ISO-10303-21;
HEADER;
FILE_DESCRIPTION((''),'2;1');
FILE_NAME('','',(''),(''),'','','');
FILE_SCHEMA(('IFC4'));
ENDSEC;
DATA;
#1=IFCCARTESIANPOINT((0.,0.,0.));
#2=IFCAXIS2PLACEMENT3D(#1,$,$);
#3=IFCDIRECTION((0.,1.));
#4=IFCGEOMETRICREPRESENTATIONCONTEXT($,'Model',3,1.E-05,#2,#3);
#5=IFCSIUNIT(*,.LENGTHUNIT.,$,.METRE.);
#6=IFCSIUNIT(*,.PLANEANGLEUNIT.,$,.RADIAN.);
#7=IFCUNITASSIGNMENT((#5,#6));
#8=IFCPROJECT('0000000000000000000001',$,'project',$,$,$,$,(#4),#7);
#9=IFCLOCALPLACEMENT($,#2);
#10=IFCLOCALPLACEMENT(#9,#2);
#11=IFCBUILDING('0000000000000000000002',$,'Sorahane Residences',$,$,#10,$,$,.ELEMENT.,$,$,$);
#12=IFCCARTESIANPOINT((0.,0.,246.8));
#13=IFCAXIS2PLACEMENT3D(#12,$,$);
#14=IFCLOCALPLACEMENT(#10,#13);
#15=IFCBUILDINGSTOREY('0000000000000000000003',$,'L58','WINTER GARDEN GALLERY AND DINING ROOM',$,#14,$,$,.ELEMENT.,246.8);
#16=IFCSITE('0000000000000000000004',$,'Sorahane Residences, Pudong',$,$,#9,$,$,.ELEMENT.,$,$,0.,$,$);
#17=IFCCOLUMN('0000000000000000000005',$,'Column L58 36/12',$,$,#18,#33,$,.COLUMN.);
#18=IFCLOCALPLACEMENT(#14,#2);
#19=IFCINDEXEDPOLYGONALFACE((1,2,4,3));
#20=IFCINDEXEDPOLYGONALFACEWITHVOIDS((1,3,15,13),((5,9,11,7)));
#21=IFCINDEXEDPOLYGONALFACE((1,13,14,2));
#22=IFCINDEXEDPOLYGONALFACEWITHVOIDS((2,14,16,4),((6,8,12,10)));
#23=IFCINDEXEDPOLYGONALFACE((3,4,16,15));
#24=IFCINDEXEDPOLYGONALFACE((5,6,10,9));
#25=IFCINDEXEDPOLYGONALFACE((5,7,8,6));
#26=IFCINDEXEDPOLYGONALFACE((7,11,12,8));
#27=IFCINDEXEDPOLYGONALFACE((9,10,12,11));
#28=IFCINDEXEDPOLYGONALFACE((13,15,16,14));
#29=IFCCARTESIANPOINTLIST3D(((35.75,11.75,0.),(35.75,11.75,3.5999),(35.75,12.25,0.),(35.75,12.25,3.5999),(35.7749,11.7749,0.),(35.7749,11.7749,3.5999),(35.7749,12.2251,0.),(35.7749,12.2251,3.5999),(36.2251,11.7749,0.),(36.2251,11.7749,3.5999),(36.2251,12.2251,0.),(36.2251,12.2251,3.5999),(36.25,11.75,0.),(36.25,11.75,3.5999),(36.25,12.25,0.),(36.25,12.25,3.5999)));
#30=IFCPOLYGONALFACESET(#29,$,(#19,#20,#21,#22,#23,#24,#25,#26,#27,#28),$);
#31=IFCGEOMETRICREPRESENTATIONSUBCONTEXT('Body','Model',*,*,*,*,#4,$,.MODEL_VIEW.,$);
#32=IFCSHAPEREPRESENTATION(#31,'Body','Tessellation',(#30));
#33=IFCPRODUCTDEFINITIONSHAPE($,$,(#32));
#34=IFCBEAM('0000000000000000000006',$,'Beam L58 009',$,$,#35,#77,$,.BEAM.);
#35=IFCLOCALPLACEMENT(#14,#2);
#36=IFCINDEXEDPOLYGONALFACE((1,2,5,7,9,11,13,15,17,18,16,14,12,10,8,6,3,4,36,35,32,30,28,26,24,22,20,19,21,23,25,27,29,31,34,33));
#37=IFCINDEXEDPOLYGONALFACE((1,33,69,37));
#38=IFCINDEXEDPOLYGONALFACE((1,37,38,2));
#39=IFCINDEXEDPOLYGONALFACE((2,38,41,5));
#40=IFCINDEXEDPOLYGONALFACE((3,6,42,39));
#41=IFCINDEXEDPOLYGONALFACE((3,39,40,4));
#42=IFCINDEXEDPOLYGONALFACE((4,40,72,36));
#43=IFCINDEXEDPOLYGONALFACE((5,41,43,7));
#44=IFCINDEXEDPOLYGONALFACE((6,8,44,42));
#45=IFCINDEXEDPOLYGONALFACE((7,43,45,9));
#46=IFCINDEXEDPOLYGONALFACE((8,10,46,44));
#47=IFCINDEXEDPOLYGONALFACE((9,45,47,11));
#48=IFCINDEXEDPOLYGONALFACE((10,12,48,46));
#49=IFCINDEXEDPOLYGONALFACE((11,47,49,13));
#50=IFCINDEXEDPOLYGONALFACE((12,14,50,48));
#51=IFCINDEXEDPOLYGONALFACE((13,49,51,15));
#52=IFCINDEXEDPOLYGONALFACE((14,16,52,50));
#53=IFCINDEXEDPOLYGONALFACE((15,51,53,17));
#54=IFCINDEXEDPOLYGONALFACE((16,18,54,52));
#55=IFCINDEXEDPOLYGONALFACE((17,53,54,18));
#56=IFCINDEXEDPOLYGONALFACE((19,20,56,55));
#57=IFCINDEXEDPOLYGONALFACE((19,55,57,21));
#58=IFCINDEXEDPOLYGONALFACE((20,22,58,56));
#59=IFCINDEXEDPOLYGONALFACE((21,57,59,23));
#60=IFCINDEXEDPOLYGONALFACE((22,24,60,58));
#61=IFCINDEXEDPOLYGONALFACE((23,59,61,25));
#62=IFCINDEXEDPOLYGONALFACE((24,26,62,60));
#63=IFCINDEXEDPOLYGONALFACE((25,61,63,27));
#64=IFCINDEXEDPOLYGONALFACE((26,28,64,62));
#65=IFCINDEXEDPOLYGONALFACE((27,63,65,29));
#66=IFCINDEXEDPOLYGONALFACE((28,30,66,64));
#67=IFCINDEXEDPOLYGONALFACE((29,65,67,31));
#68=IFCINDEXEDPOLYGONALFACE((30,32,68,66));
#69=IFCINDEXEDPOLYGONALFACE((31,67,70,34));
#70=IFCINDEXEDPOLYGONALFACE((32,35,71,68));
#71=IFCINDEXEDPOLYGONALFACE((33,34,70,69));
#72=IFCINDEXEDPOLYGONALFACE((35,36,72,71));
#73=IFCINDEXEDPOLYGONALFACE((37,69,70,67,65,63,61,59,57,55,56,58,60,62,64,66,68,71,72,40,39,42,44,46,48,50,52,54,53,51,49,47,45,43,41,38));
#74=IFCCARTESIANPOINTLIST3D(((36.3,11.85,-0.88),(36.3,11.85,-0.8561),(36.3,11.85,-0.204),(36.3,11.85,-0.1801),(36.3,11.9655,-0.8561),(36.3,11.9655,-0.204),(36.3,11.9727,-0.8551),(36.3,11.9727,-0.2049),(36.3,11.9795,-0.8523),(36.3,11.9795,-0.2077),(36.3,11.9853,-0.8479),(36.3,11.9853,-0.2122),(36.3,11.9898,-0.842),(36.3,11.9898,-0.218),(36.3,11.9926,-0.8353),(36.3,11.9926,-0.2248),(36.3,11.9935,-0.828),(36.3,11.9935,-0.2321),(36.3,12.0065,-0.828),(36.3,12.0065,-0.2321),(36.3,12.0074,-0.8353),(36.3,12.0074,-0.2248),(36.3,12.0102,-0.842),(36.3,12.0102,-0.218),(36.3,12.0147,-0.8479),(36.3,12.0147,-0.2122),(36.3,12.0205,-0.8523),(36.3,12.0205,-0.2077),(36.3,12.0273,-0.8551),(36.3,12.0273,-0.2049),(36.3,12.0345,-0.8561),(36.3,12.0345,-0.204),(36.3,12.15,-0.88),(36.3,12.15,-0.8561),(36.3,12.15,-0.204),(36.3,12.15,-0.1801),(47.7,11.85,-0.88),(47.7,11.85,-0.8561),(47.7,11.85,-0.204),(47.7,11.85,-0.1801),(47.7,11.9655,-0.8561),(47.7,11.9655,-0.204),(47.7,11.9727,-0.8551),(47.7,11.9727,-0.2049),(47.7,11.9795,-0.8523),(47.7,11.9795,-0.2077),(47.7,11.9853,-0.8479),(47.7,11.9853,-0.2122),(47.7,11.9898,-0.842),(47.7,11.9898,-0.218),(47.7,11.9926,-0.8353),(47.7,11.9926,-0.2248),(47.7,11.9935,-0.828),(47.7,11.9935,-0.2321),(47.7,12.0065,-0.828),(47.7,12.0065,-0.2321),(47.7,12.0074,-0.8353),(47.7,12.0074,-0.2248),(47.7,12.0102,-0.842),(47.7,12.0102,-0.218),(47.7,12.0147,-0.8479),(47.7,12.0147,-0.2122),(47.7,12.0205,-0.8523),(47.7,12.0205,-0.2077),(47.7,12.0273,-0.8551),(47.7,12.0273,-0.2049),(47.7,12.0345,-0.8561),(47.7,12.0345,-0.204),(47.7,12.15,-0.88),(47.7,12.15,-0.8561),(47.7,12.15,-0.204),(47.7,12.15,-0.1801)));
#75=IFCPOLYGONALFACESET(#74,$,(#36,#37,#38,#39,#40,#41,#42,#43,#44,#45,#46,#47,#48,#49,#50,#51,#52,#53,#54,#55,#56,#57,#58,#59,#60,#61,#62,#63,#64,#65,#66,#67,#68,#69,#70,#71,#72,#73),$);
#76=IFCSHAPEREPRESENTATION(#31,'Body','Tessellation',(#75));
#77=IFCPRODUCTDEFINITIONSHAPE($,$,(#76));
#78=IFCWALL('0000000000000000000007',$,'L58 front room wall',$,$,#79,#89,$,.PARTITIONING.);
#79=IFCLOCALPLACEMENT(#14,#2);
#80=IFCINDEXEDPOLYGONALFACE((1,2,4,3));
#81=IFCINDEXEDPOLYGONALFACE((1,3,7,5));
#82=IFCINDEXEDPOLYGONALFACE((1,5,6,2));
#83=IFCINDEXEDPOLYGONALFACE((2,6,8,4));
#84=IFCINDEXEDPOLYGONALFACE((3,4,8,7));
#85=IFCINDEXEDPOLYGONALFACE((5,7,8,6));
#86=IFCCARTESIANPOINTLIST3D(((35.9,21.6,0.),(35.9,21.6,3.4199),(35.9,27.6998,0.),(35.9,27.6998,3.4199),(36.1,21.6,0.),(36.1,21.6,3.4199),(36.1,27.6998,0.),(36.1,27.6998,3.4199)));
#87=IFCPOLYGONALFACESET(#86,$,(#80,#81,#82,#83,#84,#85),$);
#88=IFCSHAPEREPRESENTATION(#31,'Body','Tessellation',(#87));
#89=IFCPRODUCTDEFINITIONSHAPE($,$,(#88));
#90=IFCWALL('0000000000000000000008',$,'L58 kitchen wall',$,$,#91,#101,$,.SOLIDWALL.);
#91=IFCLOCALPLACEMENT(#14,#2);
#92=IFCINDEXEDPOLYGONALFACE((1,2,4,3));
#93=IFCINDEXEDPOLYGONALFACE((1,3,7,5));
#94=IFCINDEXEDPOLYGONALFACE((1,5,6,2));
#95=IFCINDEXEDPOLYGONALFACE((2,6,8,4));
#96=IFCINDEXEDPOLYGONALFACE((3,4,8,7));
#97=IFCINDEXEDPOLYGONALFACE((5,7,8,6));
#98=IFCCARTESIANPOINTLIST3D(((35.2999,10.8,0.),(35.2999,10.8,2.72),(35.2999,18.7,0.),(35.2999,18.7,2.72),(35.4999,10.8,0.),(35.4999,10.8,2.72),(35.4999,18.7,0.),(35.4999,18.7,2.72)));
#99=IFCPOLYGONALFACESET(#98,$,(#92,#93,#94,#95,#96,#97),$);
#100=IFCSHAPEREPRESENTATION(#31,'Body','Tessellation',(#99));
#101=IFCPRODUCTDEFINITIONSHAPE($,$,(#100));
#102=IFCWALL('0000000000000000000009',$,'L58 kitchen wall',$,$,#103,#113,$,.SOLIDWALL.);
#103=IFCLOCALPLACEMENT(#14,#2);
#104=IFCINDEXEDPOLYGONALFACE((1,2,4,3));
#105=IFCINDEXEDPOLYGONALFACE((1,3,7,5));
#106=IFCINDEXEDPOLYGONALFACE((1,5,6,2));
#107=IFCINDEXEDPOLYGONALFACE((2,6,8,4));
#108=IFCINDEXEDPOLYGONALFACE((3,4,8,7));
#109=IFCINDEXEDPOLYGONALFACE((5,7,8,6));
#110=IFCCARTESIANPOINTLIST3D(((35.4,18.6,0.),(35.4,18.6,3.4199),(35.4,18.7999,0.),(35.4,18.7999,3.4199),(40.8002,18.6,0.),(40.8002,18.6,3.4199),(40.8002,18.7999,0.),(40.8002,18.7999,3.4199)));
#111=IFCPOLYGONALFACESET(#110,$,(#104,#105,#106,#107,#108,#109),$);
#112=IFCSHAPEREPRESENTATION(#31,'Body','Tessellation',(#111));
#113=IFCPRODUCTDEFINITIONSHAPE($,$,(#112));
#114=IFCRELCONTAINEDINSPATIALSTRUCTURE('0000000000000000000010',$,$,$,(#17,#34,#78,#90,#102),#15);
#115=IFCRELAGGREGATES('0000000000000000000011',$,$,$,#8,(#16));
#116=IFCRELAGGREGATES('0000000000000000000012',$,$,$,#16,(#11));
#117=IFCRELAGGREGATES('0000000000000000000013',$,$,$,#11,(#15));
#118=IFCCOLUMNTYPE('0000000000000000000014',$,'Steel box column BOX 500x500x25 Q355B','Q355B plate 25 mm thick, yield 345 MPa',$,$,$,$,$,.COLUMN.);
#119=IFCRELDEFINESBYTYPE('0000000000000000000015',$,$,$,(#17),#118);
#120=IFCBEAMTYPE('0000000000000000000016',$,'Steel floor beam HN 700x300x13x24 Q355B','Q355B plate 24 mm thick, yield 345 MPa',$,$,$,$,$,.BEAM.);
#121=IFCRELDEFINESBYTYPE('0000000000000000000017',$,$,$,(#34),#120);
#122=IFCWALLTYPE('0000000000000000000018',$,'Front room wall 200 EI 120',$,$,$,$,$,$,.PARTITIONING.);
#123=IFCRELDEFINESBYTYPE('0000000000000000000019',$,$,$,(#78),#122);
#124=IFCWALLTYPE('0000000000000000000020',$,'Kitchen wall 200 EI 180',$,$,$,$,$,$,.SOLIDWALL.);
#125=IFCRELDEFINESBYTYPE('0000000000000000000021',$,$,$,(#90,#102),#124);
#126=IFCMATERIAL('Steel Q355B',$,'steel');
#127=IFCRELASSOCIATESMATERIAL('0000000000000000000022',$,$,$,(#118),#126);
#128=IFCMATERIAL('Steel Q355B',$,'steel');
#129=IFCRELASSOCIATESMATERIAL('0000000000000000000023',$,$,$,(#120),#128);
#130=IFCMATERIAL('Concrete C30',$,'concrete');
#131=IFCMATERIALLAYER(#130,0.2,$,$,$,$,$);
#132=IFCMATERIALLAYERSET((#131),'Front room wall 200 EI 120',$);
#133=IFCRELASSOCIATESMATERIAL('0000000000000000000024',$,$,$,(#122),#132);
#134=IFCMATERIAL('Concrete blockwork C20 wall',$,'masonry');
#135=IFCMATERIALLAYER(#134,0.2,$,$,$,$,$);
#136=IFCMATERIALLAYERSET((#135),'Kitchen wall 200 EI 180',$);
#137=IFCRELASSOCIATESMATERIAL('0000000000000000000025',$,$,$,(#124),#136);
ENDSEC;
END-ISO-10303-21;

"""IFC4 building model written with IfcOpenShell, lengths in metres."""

from ifc_helpers import new_model, si_unit, direction, frame, frame_2d, origin, origin_2d, place, context, subcontext, project, spatial, rectangle, hollow_rectangle, i_section, extrude, material, layer, layer_set, material_profile, profile_set, type_object, element, save


model = new_model("IFC4")

# Units and contexts
model_context = context("Model", 3, precision=1e-05, world=origin(), true_north=direction((0.0, 1.0)))
body_context = subcontext(model_context, "Body", "Model", "MODEL_VIEW")
ifc_project = project(units=[si_unit("LENGTHUNIT", "METRE"), si_unit("PLANEANGLEUNIT", "RADIAN")], contexts=[model_context])

# Site, building, storey
site_placement = place(None, origin())
site = spatial("IfcSite", under=ifc_project, at=site_placement, Name="Sorahane Residences, Pudong", CompositionType="ELEMENT", RefElevation=0.0)
building_placement = place(site_placement, origin())
building = spatial("IfcBuilding", under=site, at=building_placement, Name="Sorahane Residences", CompositionType="ELEMENT")
storey_placement = place(building_placement, frame((0.0, 0.0, 246.8)))
storey = spatial("IfcBuildingStorey", under=building, at=storey_placement, Name="L58", Description="WINTER GARDEN GALLERY AND DINING ROOM", CompositionType="ELEMENT", Elevation=246.8)

# Column
ifc_material_1 = material(Name="Steel Q355B", Category="steel")
ifc_material_profile_1 = material_profile(ifc_material_1, hollow_rectangle(XDim=0.5, YDim=0.5, WallThickness=0.0249, at=origin_2d()), Name="BOX 500x500x25")
ifc_profile_set_1 = profile_set([ifc_material_profile_1], Name="Steel Q355B")
column_type = type_object("IfcColumnType", Name="Steel box column BOX 500x500x25 Q355B", Description="Q355B plate 25 mm thick, yield 345 MPa", PredefinedType="COLUMN", material=ifc_profile_set_1)
column_placement = place(storey_placement, frame((36.0, 12.0, 0.0), z_axis=(0.0, 0.0, 1.0), x_axis=(1.0, 0.0, 0.0)))
element("IfcColumn", 1, at=column_placement, inside=storey, type_object=column_type, Name="Column L58 36/12", PredefinedType="COLUMN", context=body_context, shape_type="SweptSolid", body=[
    extrude(hollow_rectangle(XDim=0.5, YDim=0.5, WallThickness=0.0249, at=origin_2d()), origin(), (0.0, 0.0, 1.0), 3.5999),
])

# Beam
ifc_material_2 = material(Name="Steel Q355B", Category="steel")
ifc_material_profile_2 = material_profile(ifc_material_2, i_section(OverallWidth=0.3, OverallDepth=0.7, WebThickness=0.0129, FlangeThickness=0.0239, FilletRadius=0.0281, at=origin_2d()), Name="HN 700x300x13x24")
ifc_profile_set_2 = profile_set([ifc_material_profile_2], Name="Steel Q355B")
beam_type = type_object("IfcBeamType", Name="Steel floor beam HN 700x300x13x24 Q355B", Description="Q355B plate 24 mm thick, yield 345 MPa", PredefinedType="BEAM", material=ifc_profile_set_2)
beam_placement = place(storey_placement, frame((36.3, 12.0, -0.53), z_axis=(1.0, 0.0, 0.0), x_axis=(0.0, 1.0, 0.0)))
element("IfcBeam", 2, at=beam_placement, inside=storey, type_object=beam_type, Name="Beam L58 009", PredefinedType="BEAM", context=body_context, shape_type="SweptSolid", body=[
    extrude(i_section(OverallWidth=0.3, OverallDepth=0.7, WebThickness=0.0129, FlangeThickness=0.0239, FilletRadius=0.0281, at=origin_2d()), origin(), (0.0, 0.0, 1.0), 11.3999),
])

# Walls
ifc_material_3 = material(Name="Concrete C30", Category="concrete")
ifc_layer_1 = layer(ifc_material_3, 0.2)
ifc_layer_set_1 = layer_set([ifc_layer_1], Name="Front room wall 200 EI 120")
wall_type_1 = type_object("IfcWallType", Name="Front room wall 200 EI 120", PredefinedType="PARTITIONING", material=ifc_layer_set_1)
wall_1_placement = place(storey_placement, frame((36.0, 21.6001, 0.0), z_axis=(0.0, 0.0, 1.0), x_axis=(0.0, 1.0, 0.0)))
element("IfcWall", 3, at=wall_1_placement, inside=storey, type_object=wall_type_1, Name="L58 front room wall", PredefinedType="PARTITIONING", context=body_context, shape_type="SweptSolid", body=[
    extrude(rectangle(XDim=6.0999, YDim=0.2, at=frame_2d((3.0498, 0.0))), origin(), (0.0, 0.0, 1.0), 3.4199),
])
ifc_material_4 = material(Name="Concrete blockwork C20 wall", Category="masonry")
ifc_layer_2 = layer(ifc_material_4, 0.2)
ifc_layer_set_2 = layer_set([ifc_layer_2], Name="Kitchen wall 200 EI 180")
wall_type_2 = type_object("IfcWallType", Name="Kitchen wall 200 EI 180", PredefinedType="SOLIDWALL", material=ifc_layer_set_2)
wall_2_placement = place(storey_placement, frame((35.3999, 10.8, 0.0), z_axis=(0.0, 0.0, 1.0), x_axis=(0.0, 1.0, 0.0)))
element("IfcWall", 4, at=wall_2_placement, inside=storey, type_object=wall_type_2, Name="L58 kitchen wall", PredefinedType="SOLIDWALL", context=body_context, shape_type="SweptSolid", body=[
    extrude(rectangle(XDim=7.8999, YDim=0.2, at=frame_2d((3.95, 0.0))), origin(), (0.0, 0.0, 1.0), 2.72),
])

# Wall
wall_3_placement = place(storey_placement, frame((35.3999, 18.7, 0.0), z_axis=(0.0, 0.0, 1.0), x_axis=(1.0, 0.0, 0.0)))
element("IfcWall", 5, at=wall_3_placement, inside=storey, type_object=wall_type_2, Name="L58 kitchen wall", PredefinedType="SOLIDWALL", context=body_context, shape_type="SweptSolid", body=[
    extrude(rectangle(XDim=5.4001, YDim=0.2, at=frame_2d((2.7002, 0.0))), origin(), (0.0, 0.0, 1.0), 3.4199),
])

save(model, "model.ifc")
